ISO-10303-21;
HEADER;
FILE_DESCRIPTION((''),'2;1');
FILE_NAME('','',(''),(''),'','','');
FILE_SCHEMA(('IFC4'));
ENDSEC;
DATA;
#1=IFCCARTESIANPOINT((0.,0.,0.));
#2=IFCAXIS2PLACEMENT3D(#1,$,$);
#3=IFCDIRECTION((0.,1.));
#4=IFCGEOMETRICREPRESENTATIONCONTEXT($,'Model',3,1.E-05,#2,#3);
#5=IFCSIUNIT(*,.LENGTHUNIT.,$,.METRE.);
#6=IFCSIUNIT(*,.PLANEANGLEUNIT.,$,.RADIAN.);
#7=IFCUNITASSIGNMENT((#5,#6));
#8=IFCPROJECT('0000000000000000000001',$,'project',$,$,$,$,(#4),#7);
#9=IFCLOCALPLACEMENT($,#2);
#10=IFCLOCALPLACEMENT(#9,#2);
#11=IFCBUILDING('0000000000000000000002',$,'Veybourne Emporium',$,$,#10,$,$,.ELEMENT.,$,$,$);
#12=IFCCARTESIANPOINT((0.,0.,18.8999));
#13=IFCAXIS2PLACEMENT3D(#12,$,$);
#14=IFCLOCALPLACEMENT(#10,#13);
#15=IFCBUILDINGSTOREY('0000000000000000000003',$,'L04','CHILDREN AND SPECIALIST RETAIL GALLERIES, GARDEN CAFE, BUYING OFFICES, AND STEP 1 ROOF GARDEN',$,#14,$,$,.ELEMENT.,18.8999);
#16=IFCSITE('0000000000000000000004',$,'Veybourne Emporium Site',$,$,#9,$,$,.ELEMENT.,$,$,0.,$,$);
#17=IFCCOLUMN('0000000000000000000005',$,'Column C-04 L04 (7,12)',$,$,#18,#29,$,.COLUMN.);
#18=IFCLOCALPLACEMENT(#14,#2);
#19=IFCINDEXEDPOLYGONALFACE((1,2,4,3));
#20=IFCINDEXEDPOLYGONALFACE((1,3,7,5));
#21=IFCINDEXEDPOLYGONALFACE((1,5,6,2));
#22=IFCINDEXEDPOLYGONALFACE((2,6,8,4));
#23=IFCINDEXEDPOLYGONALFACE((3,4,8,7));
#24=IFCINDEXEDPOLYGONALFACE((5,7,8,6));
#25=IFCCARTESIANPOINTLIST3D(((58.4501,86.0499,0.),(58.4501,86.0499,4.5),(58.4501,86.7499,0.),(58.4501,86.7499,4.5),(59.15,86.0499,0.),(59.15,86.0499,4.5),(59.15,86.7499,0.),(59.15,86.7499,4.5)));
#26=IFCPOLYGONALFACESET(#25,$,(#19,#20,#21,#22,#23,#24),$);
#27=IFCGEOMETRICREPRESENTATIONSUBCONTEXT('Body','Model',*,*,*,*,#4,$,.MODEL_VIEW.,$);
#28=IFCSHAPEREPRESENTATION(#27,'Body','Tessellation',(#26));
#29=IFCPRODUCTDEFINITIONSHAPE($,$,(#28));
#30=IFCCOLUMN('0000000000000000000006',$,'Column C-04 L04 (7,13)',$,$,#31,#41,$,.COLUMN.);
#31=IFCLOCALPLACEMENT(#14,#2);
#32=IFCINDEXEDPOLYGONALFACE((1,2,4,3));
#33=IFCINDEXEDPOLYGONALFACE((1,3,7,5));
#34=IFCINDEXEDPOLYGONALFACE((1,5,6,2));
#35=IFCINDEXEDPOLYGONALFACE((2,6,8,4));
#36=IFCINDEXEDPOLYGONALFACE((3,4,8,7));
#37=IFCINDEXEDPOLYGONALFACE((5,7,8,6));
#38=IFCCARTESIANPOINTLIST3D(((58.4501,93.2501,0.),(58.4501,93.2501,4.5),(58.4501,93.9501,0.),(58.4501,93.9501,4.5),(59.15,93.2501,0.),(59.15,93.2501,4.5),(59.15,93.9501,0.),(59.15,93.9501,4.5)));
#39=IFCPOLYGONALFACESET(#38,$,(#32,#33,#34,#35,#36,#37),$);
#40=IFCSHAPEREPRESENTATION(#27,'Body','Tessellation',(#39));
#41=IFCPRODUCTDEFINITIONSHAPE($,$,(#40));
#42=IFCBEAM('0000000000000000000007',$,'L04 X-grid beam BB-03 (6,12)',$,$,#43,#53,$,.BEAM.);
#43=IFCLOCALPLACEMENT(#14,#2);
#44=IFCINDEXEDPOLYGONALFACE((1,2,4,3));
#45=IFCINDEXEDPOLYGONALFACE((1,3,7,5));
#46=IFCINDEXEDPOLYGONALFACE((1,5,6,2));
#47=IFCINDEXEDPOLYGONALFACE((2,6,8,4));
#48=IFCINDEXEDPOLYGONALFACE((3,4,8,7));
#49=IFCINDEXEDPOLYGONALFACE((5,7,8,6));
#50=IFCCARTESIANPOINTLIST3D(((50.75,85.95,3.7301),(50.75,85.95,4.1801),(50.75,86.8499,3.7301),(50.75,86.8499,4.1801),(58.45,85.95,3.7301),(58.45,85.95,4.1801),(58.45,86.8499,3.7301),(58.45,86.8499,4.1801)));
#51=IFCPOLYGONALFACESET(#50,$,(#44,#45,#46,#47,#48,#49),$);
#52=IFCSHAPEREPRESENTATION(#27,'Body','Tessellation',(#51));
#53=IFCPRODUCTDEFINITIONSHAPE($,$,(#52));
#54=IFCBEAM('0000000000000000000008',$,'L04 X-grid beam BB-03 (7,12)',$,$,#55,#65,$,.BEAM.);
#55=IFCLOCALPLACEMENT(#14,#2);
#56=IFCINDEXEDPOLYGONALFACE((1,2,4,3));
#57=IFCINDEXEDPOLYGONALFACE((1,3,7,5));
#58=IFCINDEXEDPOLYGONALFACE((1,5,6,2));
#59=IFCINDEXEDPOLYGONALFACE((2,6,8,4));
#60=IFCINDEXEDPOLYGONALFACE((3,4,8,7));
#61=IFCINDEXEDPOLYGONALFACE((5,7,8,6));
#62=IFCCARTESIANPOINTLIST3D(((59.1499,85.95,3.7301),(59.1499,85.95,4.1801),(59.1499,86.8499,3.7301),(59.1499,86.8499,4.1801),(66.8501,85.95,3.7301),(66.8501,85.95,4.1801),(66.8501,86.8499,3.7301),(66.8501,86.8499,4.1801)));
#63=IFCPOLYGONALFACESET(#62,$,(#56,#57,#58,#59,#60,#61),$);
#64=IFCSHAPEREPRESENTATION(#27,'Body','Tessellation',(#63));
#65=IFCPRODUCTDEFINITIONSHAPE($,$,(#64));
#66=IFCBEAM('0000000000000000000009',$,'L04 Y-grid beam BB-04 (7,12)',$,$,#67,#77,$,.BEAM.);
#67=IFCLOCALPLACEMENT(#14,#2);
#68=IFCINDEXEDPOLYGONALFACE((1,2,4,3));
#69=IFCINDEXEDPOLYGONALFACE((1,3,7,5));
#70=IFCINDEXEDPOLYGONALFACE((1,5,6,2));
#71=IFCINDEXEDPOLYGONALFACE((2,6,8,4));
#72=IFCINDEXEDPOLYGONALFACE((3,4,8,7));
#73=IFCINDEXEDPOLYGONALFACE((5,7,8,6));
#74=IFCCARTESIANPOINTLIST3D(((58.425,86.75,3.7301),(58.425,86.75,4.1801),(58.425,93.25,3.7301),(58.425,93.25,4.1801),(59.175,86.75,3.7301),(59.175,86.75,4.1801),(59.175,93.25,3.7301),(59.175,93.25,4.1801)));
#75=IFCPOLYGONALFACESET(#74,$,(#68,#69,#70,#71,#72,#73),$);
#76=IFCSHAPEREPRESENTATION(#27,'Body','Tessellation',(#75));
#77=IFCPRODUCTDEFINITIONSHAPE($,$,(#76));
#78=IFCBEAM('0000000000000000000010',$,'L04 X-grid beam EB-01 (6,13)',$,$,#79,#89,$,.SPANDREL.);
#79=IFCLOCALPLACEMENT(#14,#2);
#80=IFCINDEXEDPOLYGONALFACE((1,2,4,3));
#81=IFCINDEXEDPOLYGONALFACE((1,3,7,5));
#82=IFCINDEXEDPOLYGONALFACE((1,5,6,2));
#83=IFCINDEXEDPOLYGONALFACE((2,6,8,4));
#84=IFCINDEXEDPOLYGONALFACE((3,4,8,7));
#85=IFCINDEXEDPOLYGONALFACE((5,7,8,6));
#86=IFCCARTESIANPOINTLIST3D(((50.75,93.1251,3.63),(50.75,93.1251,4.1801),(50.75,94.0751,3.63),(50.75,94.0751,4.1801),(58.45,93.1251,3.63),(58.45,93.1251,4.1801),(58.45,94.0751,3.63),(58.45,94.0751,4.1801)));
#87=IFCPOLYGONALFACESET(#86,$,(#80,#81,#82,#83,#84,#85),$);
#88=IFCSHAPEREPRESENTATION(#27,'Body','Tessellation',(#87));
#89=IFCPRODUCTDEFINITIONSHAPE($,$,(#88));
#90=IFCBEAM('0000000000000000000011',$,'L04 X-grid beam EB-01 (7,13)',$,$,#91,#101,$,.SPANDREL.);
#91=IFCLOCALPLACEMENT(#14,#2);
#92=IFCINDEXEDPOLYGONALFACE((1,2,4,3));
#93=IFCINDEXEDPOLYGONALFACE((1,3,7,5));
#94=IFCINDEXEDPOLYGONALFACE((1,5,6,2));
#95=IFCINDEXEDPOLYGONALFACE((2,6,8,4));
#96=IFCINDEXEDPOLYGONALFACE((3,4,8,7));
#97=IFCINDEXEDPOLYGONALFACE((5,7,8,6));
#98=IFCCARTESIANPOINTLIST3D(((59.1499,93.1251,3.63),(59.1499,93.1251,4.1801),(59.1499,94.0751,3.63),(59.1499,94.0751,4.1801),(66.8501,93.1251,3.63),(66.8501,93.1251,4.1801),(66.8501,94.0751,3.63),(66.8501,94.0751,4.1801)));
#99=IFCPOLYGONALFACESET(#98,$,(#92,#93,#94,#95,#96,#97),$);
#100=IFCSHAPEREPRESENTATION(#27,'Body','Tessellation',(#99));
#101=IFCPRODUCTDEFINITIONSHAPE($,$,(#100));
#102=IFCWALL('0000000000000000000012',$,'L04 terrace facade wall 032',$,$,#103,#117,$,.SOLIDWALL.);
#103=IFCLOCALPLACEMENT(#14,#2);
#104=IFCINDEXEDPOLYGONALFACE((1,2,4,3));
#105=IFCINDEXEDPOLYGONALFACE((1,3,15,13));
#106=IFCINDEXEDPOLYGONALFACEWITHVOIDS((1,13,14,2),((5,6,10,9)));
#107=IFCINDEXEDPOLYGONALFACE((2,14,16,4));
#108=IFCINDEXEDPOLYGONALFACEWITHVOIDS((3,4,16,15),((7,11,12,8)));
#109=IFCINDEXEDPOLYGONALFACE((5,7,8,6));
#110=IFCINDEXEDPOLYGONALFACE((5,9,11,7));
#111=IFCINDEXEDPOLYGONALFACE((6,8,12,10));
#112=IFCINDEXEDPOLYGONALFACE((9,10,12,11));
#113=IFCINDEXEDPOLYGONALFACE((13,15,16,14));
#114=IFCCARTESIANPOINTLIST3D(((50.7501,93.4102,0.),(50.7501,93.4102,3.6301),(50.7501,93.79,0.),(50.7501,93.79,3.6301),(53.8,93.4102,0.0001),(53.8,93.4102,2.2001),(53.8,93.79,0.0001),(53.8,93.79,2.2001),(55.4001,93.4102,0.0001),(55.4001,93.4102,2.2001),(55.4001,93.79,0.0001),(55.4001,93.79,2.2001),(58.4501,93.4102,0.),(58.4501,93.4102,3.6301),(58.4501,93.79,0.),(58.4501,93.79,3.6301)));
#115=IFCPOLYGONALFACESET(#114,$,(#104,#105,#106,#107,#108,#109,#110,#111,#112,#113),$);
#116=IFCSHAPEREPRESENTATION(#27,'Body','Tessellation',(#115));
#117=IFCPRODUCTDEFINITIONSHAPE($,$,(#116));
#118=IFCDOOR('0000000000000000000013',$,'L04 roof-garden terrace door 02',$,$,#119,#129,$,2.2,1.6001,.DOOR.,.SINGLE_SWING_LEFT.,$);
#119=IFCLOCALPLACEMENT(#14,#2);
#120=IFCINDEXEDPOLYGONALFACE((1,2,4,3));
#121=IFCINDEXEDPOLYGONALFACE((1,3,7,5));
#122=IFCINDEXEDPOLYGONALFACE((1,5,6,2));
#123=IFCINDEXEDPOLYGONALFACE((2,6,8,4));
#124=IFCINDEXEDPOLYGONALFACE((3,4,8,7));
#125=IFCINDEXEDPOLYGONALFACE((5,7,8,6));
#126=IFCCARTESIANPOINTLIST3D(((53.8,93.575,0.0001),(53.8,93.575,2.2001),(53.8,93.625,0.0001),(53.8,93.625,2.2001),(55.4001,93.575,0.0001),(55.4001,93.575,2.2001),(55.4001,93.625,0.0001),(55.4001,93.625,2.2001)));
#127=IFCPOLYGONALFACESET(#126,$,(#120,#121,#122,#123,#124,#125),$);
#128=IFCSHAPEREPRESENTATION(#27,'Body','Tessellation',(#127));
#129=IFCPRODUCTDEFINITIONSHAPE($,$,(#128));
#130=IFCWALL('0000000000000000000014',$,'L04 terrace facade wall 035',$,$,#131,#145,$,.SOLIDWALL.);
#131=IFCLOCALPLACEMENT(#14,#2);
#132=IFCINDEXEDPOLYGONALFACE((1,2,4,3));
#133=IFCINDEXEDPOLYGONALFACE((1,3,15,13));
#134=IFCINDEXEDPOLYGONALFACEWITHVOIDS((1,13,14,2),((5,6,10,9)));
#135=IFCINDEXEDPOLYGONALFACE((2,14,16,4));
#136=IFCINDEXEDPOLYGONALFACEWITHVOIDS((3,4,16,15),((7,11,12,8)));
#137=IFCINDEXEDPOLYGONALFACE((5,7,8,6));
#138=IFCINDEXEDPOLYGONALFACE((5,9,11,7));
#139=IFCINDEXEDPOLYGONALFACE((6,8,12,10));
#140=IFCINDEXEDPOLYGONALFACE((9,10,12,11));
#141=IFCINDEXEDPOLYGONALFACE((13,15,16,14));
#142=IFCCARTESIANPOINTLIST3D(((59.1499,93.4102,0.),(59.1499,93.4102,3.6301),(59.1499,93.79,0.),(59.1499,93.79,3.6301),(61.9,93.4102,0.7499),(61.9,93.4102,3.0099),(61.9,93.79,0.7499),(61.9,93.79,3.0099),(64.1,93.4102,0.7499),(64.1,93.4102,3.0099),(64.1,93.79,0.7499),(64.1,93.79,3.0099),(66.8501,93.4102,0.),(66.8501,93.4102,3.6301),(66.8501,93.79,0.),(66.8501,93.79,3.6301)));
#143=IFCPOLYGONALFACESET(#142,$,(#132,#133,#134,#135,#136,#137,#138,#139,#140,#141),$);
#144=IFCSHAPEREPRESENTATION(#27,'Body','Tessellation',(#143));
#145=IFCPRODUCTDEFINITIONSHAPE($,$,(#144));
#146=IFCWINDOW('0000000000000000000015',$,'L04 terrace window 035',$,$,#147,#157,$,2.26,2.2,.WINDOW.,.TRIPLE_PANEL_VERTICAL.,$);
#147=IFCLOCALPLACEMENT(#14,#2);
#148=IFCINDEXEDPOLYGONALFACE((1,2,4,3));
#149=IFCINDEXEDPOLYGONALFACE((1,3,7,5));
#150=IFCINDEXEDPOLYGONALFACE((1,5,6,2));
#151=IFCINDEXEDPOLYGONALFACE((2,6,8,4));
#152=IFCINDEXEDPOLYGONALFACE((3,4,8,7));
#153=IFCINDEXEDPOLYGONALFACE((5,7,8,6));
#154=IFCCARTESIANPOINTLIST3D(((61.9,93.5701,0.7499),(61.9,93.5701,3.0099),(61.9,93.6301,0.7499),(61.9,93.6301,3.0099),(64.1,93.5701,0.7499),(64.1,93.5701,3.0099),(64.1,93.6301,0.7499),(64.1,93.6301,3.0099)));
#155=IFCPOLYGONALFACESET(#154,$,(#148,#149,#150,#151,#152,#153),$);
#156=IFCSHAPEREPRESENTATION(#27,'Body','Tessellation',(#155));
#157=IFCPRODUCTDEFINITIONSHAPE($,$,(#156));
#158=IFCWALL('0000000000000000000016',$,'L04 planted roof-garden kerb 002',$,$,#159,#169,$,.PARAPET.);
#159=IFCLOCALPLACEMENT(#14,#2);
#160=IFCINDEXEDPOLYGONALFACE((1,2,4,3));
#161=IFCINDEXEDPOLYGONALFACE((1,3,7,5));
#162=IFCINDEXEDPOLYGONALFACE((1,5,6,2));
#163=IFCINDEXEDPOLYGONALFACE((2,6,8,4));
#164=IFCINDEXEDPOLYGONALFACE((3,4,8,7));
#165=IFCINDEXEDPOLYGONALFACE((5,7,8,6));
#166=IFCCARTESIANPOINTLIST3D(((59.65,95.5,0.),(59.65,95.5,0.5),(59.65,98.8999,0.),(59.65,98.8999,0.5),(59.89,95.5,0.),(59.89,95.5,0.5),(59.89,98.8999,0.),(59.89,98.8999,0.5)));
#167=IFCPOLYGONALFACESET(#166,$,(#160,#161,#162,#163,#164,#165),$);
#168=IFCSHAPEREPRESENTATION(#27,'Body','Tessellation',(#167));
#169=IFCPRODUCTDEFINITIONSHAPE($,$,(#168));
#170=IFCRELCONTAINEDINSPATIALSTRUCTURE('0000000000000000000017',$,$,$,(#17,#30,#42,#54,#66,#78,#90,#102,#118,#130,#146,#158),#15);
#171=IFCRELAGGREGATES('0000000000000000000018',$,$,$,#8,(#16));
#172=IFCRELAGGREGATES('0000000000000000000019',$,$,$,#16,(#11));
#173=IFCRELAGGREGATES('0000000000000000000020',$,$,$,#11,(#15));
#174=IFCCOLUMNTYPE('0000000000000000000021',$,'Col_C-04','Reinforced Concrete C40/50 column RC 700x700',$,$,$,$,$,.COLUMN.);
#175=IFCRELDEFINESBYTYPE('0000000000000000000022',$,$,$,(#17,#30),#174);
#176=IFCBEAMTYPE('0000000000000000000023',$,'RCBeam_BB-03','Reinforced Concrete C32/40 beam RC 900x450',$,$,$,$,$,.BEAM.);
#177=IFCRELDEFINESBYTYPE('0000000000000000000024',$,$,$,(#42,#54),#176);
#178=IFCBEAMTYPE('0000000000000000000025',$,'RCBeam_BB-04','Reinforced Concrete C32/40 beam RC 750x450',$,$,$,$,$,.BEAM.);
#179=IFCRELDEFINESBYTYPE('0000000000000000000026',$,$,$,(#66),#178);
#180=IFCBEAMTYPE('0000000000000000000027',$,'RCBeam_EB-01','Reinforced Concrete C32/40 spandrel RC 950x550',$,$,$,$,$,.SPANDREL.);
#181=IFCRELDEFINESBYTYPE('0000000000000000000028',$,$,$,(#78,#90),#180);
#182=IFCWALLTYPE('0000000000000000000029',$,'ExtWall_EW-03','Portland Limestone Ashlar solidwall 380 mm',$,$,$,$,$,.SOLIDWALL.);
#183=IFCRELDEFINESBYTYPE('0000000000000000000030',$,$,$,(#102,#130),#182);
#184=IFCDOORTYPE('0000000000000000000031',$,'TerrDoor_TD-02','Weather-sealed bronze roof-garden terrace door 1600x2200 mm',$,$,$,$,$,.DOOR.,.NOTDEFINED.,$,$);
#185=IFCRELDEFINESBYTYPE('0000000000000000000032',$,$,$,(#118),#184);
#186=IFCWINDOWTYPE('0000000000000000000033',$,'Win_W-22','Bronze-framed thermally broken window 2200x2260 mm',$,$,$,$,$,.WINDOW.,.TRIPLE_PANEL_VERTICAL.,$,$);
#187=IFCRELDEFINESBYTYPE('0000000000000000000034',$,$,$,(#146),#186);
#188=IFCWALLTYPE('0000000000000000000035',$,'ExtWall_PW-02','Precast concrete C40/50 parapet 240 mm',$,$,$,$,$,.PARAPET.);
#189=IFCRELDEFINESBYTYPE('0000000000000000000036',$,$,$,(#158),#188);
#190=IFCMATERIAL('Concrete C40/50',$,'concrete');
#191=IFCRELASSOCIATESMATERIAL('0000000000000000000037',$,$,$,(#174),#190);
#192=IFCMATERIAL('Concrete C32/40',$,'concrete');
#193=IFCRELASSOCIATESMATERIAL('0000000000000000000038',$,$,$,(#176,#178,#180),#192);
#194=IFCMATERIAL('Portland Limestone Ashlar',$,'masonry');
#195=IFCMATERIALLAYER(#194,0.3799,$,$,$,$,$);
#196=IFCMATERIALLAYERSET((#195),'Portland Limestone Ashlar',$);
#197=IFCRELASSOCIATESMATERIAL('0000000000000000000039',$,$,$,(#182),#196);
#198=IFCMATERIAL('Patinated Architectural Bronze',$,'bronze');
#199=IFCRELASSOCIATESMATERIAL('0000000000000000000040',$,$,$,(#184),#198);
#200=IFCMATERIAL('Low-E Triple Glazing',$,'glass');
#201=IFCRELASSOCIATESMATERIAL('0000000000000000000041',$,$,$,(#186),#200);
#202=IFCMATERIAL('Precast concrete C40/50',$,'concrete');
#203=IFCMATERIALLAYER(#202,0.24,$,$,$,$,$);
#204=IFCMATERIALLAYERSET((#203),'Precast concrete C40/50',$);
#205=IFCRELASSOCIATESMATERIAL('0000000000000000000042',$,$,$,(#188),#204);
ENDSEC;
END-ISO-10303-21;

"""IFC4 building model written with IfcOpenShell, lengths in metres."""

from ifc_helpers import new_model, si_unit, direction, frame, frame_2d, origin, origin_2d, place, context, subcontext, project, spatial, rectangle, extrude, material, layer, layer_set, material_profile, profile_set, type_object, element, fill, save


model = new_model("IFC4")

# Units and contexts
model_context = context("Model", 3, precision=1e-05, world=origin(), true_north=direction((0.0, 1.0)))
body_context = subcontext(model_context, "Body", "Model", "MODEL_VIEW")
ifc_project = project(units=[si_unit("LENGTHUNIT", "METRE"), si_unit("PLANEANGLEUNIT", "RADIAN")], contexts=[model_context])

# Site, building, storey
site_placement = place(None, origin())
site = spatial("IfcSite", under=ifc_project, at=site_placement, Name="Veybourne Emporium Site", CompositionType="ELEMENT", RefElevation=0.0)
building_placement = place(site_placement, origin())
building = spatial("IfcBuilding", under=site, at=building_placement, Name="Veybourne Emporium", CompositionType="ELEMENT")
storey_placement = place(building_placement, frame((0.0, 0.0, 18.8999)))
storey = spatial("IfcBuildingStorey", under=building, at=storey_placement, Name="L04", Description="CHILDREN AND SPECIALIST RETAIL GALLERIES, GARDEN CAFE, BUYING OFFICES, AND STEP 1 ROOF GARDEN", CompositionType="ELEMENT", Elevation=18.8999)

# Columns
ifc_material_1 = material(Name="Concrete C40/50", Category="concrete")
ifc_material_profile_1 = material_profile(ifc_material_1, rectangle(XDim=0.7, YDim=0.7, at=origin_2d()), Name="RC 700x700")
ifc_profile_set_1 = profile_set([ifc_material_profile_1], Name="Concrete C40/50")
column_type = type_object("IfcColumnType", Name="Col_C-04", Description="Reinforced Concrete C40/50 column RC 700x700", PredefinedType="COLUMN", material=ifc_profile_set_1)
for number, where, z_axis, x_axis, name in (
    (1, (58.8, 86.3999, 0.0), (0.0, 0.0, 1.0), (1.0, 0.0, 0.0), "Column C-04 L04 (7,12)"),
    (2, (58.8, 93.6001, 0.0), (0.0, 0.0, 1.0), (1.0, 0.0, 0.0), "Column C-04 L04 (7,13)"),
):
    element("IfcColumn", number, at=place(storey_placement, frame(where, z_axis=z_axis, x_axis=x_axis)), inside=storey, type_object=column_type, Name=name, PredefinedType="COLUMN", context=body_context, shape_type="SweptSolid", body=[
        extrude(rectangle(XDim=0.7, YDim=0.7, at=origin_2d()), origin(), (0.0, 0.0, 1.0), 4.5),
    ])

# Beams
ifc_material_2 = material(Name="Concrete C32/40", Category="concrete")
ifc_material_profile_2 = material_profile(ifc_material_2, rectangle(XDim=0.8999, YDim=0.45, at=origin_2d()), Name="RC 900x450")
ifc_profile_set_2 = profile_set([ifc_material_profile_2], Name="Concrete C32/40")
beam_type_1 = type_object("IfcBeamType", Name="RCBeam_BB-03", Description="Reinforced Concrete C32/40 beam RC 900x450", PredefinedType="BEAM", material=ifc_profile_set_2)
beam_1_placement = place(storey_placement, frame((50.75, 86.3999, 3.9551), z_axis=(1.0, 0.0, 0.0), x_axis=(0.0, 1.0, 0.0)))
element("IfcBeam", 3, at=beam_1_placement, inside=storey, type_object=beam_type_1, Name="L04 X-grid beam BB-03 (6,12)", PredefinedType="BEAM", context=body_context, shape_type="SweptSolid", body=[
    extrude(rectangle(XDim=0.8999, YDim=0.45, at=origin_2d()), origin(), (0.0, 0.0, 1.0), 7.7),
])
beam_2_placement = place(storey_placement, frame((59.1499, 86.3999, 3.9551), z_axis=(1.0, 0.0, 0.0), x_axis=(0.0, 1.0, 0.0)))
element("IfcBeam", 4, at=beam_2_placement, inside=storey, type_object=beam_type_1, Name="L04 X-grid beam BB-03 (7,12)", PredefinedType="BEAM", context=body_context, shape_type="SweptSolid", body=[
    extrude(rectangle(XDim=0.8999, YDim=0.45, at=origin_2d()), origin(), (0.0, 0.0, 1.0), 7.7002),
])
ifc_material_profile_3 = material_profile(ifc_material_2, rectangle(XDim=0.75, YDim=0.45, at=origin_2d()), Name="RC 750x450")
ifc_profile_set_3 = profile_set([ifc_material_profile_3], Name="Concrete C32/40")
beam_type_2 = type_object("IfcBeamType", Name="RCBeam_BB-04", Description="Reinforced Concrete C32/40 beam RC 750x450", PredefinedType="BEAM", material=ifc_profile_set_3)
beam_3_placement = place(storey_placement, frame((58.8, 86.75, 3.9551), z_axis=(0.0, 1.0, 0.0), x_axis=(-1.0, 0.0, 0.0)))
element("IfcBeam", 5, at=beam_3_placement, inside=storey, type_object=beam_type_2, Name="L04 Y-grid beam BB-04 (7,12)", PredefinedType="BEAM", context=body_context, shape_type="SweptSolid", body=[
    extrude(rectangle(XDim=0.75, YDim=0.45, at=origin_2d()), origin(), (0.0, 0.0, 1.0), 6.5),
])
ifc_material_profile_4 = material_profile(ifc_material_2, rectangle(XDim=0.95, YDim=0.55, at=origin_2d()), Name="RC 950x550")
ifc_profile_set_4 = profile_set([ifc_material_profile_4], Name="Concrete C32/40")
beam_type_3 = type_object("IfcBeamType", Name="RCBeam_EB-01", Description="Reinforced Concrete C32/40 spandrel RC 950x550", PredefinedType="SPANDREL", material=ifc_profile_set_4)
beam_4_placement = place(storey_placement, frame((50.75, 93.6001, 3.905), z_axis=(1.0, 0.0, 0.0), x_axis=(0.0, 1.0, 0.0)))
element("IfcBeam", 6, at=beam_4_placement, inside=storey, type_object=beam_type_3, Name="L04 X-grid beam EB-01 (6,13)", PredefinedType="SPANDREL", context=body_context, shape_type="SweptSolid", body=[
    extrude(rectangle(XDim=0.95, YDim=0.55, at=origin_2d()), origin(), (0.0, 0.0, 1.0), 7.7),
])
beam_5_placement = place(storey_placement, frame((59.1499, 93.6001, 3.905), z_axis=(1.0, 0.0, 0.0), x_axis=(0.0, 1.0, 0.0)))
element("IfcBeam", 7, at=beam_5_placement, inside=storey, type_object=beam_type_3, Name="L04 X-grid beam EB-01 (7,13)", PredefinedType="SPANDREL", context=body_context, shape_type="SweptSolid", body=[
    extrude(rectangle(XDim=0.95, YDim=0.55, at=origin_2d()), origin(), (0.0, 0.0, 1.0), 7.7002),
])

# Wall, opening, door
ifc_material_3 = material(Name="Portland Limestone Ashlar", Category="masonry")
ifc_layer_1 = layer(ifc_material_3, 0.3799)
ifc_layer_set_1 = layer_set([ifc_layer_1], Name="Portland Limestone Ashlar")
wall_type_1 = type_object("IfcWallType", Name="ExtWall_EW-03", Description="Portland Limestone Ashlar solidwall 380 mm", PredefinedType="SOLIDWALL", material=ifc_layer_set_1)
wall_1_placement = place(storey_placement, frame((50.75, 93.6001, 0.0), z_axis=(0.0, 0.0, 1.0), x_axis=(1.0, 0.0, 0.0)))
wall_1 = element("IfcWall", 8, at=wall_1_placement, inside=storey, type_object=wall_type_1, Name="L04 terrace facade wall 032", PredefinedType="SOLIDWALL", context=body_context, shape_type="SweptSolid", body=[
    extrude(rectangle(XDim=7.7, YDim=0.3799, at=frame_2d((3.8501, 0.0))), origin(), (0.0, 0.0, 1.0), 3.6301),
])
opening_1_placement = place(wall_1_placement, frame((3.05, 0.0, 0.0)))
opening_1 = element("IfcOpeningElement", 9, at=opening_1_placement, cuts=wall_1, PredefinedType="OPENING", context=body_context, shape_type="SweptSolid", body=[
    extrude(rectangle(XDim=1.6001, YDim=2.2, at=frame_2d((0.8, 1.1001))), frame((0.0, 0.21, 0.0), z_axis=(0.0, -1.0, 0.0), x_axis=(1.0, 0.0, 0.0)), (0.0, 0.0, 1.0), 0.4199),
])
ifc_material_4 = material(Name="Patinated Architectural Bronze", Category="bronze")
door_type_1 = type_object("IfcDoorType", Name="TerrDoor_TD-02", Description="Weather-sealed bronze roof-garden terrace door 1600x2200 mm", OperationType="NOTDEFINED", PredefinedType="DOOR", material=ifc_material_4)
door_1_placement = place(opening_1_placement, origin())
door_1 = element("IfcDoor", 10, at=door_1_placement, inside=storey, type_object=door_type_1, Name="L04 roof-garden terrace door 02", OperationType="SINGLE_SWING_LEFT", OverallHeight=2.2, OverallWidth=1.6001, PredefinedType="DOOR", context=body_context, shape_type="SweptSolid", body=[
    extrude(rectangle(XDim=1.6001, YDim=2.2, at=frame_2d((0.8, 1.1001))), frame((0.0, 0.0249, 0.0), z_axis=(0.0, -1.0, 0.0), x_axis=(1.0, 0.0, 0.0)), (0.0, 0.0, 1.0), 0.05),
])
fill(opening_1, door_1)

# Wall, opening, window
wall_2_placement = place(storey_placement, frame((59.1499, 93.6001, 0.0), z_axis=(0.0, 0.0, 1.0), x_axis=(1.0, 0.0, 0.0)))
wall_2 = element("IfcWall", 11, at=wall_2_placement, inside=storey, type_object=wall_type_1, Name="L04 terrace facade wall 035", PredefinedType="SOLIDWALL", context=body_context, shape_type="SweptSolid", body=[
    extrude(rectangle(XDim=7.7002, YDim=0.3799, at=frame_2d((3.8501, 0.0))), origin(), (0.0, 0.0, 1.0), 3.6301),
])
opening_2_placement = place(wall_2_placement, frame((2.75, 0.0, 0.75)))
opening_2 = element("IfcOpeningElement", 12, at=opening_2_placement, cuts=wall_2, PredefinedType="OPENING", context=body_context, shape_type="SweptSolid", body=[
    extrude(rectangle(XDim=2.2, YDim=2.26, at=frame_2d((1.1001, 1.1299))), frame((0.0, 0.21, 0.0), z_axis=(0.0, -1.0, 0.0), x_axis=(1.0, 0.0, 0.0)), (0.0, 0.0, 1.0), 0.4199),
])
ifc_material_5 = material(Name="Low-E Triple Glazing", Category="glass")
window_type = type_object("IfcWindowType", Name="Win_W-22", Description="Bronze-framed thermally broken window 2200x2260 mm", PartitioningType="TRIPLE_PANEL_VERTICAL", PredefinedType="WINDOW", material=ifc_material_5)
window_placement = place(opening_2_placement, origin())
window = element("IfcWindow", 13, at=window_placement, inside=storey, type_object=window_type, Name="L04 terrace window 035", OverallHeight=2.26, OverallWidth=2.2, PartitioningType="TRIPLE_PANEL_VERTICAL", PredefinedType="WINDOW", context=body_context, shape_type="SweptSolid", body=[
    extrude(rectangle(XDim=2.2, YDim=2.26, at=frame_2d((1.1001, 1.1299))), frame((0.0, 0.03, 0.0), z_axis=(0.0, -1.0, 0.0), x_axis=(1.0, 0.0, 0.0)), (0.0, 0.0, 1.0), 0.0601),
])
fill(opening_2, window)

# Wall
ifc_material_6 = material(Name="Precast concrete C40/50", Category="concrete")
ifc_layer_2 = layer(ifc_material_6, 0.24)
ifc_layer_set_2 = layer_set([ifc_layer_2], Name="Precast concrete C40/50")
wall_type_2 = type_object("IfcWallType", Name="ExtWall_PW-02", Description="Precast concrete C40/50 parapet 240 mm", PredefinedType="PARAPET", material=ifc_layer_set_2)
wall_3_placement = place(storey_placement, frame((59.77, 95.5, 0.0), z_axis=(0.0, 0.0, 1.0), x_axis=(0.0, 1.0, 0.0)))
element("IfcWall", 14, at=wall_3_placement, inside=storey, type_object=wall_type_2, Name="L04 planted roof-garden kerb 002", PredefinedType="PARAPET", context=body_context, shape_type="SweptSolid", body=[
    extrude(rectangle(XDim=3.3999, YDim=0.24, at=frame_2d((1.7, 0.0))), origin(), (0.0, 0.0, 1.0), 0.5),
])

save(model, "model.ifc")
